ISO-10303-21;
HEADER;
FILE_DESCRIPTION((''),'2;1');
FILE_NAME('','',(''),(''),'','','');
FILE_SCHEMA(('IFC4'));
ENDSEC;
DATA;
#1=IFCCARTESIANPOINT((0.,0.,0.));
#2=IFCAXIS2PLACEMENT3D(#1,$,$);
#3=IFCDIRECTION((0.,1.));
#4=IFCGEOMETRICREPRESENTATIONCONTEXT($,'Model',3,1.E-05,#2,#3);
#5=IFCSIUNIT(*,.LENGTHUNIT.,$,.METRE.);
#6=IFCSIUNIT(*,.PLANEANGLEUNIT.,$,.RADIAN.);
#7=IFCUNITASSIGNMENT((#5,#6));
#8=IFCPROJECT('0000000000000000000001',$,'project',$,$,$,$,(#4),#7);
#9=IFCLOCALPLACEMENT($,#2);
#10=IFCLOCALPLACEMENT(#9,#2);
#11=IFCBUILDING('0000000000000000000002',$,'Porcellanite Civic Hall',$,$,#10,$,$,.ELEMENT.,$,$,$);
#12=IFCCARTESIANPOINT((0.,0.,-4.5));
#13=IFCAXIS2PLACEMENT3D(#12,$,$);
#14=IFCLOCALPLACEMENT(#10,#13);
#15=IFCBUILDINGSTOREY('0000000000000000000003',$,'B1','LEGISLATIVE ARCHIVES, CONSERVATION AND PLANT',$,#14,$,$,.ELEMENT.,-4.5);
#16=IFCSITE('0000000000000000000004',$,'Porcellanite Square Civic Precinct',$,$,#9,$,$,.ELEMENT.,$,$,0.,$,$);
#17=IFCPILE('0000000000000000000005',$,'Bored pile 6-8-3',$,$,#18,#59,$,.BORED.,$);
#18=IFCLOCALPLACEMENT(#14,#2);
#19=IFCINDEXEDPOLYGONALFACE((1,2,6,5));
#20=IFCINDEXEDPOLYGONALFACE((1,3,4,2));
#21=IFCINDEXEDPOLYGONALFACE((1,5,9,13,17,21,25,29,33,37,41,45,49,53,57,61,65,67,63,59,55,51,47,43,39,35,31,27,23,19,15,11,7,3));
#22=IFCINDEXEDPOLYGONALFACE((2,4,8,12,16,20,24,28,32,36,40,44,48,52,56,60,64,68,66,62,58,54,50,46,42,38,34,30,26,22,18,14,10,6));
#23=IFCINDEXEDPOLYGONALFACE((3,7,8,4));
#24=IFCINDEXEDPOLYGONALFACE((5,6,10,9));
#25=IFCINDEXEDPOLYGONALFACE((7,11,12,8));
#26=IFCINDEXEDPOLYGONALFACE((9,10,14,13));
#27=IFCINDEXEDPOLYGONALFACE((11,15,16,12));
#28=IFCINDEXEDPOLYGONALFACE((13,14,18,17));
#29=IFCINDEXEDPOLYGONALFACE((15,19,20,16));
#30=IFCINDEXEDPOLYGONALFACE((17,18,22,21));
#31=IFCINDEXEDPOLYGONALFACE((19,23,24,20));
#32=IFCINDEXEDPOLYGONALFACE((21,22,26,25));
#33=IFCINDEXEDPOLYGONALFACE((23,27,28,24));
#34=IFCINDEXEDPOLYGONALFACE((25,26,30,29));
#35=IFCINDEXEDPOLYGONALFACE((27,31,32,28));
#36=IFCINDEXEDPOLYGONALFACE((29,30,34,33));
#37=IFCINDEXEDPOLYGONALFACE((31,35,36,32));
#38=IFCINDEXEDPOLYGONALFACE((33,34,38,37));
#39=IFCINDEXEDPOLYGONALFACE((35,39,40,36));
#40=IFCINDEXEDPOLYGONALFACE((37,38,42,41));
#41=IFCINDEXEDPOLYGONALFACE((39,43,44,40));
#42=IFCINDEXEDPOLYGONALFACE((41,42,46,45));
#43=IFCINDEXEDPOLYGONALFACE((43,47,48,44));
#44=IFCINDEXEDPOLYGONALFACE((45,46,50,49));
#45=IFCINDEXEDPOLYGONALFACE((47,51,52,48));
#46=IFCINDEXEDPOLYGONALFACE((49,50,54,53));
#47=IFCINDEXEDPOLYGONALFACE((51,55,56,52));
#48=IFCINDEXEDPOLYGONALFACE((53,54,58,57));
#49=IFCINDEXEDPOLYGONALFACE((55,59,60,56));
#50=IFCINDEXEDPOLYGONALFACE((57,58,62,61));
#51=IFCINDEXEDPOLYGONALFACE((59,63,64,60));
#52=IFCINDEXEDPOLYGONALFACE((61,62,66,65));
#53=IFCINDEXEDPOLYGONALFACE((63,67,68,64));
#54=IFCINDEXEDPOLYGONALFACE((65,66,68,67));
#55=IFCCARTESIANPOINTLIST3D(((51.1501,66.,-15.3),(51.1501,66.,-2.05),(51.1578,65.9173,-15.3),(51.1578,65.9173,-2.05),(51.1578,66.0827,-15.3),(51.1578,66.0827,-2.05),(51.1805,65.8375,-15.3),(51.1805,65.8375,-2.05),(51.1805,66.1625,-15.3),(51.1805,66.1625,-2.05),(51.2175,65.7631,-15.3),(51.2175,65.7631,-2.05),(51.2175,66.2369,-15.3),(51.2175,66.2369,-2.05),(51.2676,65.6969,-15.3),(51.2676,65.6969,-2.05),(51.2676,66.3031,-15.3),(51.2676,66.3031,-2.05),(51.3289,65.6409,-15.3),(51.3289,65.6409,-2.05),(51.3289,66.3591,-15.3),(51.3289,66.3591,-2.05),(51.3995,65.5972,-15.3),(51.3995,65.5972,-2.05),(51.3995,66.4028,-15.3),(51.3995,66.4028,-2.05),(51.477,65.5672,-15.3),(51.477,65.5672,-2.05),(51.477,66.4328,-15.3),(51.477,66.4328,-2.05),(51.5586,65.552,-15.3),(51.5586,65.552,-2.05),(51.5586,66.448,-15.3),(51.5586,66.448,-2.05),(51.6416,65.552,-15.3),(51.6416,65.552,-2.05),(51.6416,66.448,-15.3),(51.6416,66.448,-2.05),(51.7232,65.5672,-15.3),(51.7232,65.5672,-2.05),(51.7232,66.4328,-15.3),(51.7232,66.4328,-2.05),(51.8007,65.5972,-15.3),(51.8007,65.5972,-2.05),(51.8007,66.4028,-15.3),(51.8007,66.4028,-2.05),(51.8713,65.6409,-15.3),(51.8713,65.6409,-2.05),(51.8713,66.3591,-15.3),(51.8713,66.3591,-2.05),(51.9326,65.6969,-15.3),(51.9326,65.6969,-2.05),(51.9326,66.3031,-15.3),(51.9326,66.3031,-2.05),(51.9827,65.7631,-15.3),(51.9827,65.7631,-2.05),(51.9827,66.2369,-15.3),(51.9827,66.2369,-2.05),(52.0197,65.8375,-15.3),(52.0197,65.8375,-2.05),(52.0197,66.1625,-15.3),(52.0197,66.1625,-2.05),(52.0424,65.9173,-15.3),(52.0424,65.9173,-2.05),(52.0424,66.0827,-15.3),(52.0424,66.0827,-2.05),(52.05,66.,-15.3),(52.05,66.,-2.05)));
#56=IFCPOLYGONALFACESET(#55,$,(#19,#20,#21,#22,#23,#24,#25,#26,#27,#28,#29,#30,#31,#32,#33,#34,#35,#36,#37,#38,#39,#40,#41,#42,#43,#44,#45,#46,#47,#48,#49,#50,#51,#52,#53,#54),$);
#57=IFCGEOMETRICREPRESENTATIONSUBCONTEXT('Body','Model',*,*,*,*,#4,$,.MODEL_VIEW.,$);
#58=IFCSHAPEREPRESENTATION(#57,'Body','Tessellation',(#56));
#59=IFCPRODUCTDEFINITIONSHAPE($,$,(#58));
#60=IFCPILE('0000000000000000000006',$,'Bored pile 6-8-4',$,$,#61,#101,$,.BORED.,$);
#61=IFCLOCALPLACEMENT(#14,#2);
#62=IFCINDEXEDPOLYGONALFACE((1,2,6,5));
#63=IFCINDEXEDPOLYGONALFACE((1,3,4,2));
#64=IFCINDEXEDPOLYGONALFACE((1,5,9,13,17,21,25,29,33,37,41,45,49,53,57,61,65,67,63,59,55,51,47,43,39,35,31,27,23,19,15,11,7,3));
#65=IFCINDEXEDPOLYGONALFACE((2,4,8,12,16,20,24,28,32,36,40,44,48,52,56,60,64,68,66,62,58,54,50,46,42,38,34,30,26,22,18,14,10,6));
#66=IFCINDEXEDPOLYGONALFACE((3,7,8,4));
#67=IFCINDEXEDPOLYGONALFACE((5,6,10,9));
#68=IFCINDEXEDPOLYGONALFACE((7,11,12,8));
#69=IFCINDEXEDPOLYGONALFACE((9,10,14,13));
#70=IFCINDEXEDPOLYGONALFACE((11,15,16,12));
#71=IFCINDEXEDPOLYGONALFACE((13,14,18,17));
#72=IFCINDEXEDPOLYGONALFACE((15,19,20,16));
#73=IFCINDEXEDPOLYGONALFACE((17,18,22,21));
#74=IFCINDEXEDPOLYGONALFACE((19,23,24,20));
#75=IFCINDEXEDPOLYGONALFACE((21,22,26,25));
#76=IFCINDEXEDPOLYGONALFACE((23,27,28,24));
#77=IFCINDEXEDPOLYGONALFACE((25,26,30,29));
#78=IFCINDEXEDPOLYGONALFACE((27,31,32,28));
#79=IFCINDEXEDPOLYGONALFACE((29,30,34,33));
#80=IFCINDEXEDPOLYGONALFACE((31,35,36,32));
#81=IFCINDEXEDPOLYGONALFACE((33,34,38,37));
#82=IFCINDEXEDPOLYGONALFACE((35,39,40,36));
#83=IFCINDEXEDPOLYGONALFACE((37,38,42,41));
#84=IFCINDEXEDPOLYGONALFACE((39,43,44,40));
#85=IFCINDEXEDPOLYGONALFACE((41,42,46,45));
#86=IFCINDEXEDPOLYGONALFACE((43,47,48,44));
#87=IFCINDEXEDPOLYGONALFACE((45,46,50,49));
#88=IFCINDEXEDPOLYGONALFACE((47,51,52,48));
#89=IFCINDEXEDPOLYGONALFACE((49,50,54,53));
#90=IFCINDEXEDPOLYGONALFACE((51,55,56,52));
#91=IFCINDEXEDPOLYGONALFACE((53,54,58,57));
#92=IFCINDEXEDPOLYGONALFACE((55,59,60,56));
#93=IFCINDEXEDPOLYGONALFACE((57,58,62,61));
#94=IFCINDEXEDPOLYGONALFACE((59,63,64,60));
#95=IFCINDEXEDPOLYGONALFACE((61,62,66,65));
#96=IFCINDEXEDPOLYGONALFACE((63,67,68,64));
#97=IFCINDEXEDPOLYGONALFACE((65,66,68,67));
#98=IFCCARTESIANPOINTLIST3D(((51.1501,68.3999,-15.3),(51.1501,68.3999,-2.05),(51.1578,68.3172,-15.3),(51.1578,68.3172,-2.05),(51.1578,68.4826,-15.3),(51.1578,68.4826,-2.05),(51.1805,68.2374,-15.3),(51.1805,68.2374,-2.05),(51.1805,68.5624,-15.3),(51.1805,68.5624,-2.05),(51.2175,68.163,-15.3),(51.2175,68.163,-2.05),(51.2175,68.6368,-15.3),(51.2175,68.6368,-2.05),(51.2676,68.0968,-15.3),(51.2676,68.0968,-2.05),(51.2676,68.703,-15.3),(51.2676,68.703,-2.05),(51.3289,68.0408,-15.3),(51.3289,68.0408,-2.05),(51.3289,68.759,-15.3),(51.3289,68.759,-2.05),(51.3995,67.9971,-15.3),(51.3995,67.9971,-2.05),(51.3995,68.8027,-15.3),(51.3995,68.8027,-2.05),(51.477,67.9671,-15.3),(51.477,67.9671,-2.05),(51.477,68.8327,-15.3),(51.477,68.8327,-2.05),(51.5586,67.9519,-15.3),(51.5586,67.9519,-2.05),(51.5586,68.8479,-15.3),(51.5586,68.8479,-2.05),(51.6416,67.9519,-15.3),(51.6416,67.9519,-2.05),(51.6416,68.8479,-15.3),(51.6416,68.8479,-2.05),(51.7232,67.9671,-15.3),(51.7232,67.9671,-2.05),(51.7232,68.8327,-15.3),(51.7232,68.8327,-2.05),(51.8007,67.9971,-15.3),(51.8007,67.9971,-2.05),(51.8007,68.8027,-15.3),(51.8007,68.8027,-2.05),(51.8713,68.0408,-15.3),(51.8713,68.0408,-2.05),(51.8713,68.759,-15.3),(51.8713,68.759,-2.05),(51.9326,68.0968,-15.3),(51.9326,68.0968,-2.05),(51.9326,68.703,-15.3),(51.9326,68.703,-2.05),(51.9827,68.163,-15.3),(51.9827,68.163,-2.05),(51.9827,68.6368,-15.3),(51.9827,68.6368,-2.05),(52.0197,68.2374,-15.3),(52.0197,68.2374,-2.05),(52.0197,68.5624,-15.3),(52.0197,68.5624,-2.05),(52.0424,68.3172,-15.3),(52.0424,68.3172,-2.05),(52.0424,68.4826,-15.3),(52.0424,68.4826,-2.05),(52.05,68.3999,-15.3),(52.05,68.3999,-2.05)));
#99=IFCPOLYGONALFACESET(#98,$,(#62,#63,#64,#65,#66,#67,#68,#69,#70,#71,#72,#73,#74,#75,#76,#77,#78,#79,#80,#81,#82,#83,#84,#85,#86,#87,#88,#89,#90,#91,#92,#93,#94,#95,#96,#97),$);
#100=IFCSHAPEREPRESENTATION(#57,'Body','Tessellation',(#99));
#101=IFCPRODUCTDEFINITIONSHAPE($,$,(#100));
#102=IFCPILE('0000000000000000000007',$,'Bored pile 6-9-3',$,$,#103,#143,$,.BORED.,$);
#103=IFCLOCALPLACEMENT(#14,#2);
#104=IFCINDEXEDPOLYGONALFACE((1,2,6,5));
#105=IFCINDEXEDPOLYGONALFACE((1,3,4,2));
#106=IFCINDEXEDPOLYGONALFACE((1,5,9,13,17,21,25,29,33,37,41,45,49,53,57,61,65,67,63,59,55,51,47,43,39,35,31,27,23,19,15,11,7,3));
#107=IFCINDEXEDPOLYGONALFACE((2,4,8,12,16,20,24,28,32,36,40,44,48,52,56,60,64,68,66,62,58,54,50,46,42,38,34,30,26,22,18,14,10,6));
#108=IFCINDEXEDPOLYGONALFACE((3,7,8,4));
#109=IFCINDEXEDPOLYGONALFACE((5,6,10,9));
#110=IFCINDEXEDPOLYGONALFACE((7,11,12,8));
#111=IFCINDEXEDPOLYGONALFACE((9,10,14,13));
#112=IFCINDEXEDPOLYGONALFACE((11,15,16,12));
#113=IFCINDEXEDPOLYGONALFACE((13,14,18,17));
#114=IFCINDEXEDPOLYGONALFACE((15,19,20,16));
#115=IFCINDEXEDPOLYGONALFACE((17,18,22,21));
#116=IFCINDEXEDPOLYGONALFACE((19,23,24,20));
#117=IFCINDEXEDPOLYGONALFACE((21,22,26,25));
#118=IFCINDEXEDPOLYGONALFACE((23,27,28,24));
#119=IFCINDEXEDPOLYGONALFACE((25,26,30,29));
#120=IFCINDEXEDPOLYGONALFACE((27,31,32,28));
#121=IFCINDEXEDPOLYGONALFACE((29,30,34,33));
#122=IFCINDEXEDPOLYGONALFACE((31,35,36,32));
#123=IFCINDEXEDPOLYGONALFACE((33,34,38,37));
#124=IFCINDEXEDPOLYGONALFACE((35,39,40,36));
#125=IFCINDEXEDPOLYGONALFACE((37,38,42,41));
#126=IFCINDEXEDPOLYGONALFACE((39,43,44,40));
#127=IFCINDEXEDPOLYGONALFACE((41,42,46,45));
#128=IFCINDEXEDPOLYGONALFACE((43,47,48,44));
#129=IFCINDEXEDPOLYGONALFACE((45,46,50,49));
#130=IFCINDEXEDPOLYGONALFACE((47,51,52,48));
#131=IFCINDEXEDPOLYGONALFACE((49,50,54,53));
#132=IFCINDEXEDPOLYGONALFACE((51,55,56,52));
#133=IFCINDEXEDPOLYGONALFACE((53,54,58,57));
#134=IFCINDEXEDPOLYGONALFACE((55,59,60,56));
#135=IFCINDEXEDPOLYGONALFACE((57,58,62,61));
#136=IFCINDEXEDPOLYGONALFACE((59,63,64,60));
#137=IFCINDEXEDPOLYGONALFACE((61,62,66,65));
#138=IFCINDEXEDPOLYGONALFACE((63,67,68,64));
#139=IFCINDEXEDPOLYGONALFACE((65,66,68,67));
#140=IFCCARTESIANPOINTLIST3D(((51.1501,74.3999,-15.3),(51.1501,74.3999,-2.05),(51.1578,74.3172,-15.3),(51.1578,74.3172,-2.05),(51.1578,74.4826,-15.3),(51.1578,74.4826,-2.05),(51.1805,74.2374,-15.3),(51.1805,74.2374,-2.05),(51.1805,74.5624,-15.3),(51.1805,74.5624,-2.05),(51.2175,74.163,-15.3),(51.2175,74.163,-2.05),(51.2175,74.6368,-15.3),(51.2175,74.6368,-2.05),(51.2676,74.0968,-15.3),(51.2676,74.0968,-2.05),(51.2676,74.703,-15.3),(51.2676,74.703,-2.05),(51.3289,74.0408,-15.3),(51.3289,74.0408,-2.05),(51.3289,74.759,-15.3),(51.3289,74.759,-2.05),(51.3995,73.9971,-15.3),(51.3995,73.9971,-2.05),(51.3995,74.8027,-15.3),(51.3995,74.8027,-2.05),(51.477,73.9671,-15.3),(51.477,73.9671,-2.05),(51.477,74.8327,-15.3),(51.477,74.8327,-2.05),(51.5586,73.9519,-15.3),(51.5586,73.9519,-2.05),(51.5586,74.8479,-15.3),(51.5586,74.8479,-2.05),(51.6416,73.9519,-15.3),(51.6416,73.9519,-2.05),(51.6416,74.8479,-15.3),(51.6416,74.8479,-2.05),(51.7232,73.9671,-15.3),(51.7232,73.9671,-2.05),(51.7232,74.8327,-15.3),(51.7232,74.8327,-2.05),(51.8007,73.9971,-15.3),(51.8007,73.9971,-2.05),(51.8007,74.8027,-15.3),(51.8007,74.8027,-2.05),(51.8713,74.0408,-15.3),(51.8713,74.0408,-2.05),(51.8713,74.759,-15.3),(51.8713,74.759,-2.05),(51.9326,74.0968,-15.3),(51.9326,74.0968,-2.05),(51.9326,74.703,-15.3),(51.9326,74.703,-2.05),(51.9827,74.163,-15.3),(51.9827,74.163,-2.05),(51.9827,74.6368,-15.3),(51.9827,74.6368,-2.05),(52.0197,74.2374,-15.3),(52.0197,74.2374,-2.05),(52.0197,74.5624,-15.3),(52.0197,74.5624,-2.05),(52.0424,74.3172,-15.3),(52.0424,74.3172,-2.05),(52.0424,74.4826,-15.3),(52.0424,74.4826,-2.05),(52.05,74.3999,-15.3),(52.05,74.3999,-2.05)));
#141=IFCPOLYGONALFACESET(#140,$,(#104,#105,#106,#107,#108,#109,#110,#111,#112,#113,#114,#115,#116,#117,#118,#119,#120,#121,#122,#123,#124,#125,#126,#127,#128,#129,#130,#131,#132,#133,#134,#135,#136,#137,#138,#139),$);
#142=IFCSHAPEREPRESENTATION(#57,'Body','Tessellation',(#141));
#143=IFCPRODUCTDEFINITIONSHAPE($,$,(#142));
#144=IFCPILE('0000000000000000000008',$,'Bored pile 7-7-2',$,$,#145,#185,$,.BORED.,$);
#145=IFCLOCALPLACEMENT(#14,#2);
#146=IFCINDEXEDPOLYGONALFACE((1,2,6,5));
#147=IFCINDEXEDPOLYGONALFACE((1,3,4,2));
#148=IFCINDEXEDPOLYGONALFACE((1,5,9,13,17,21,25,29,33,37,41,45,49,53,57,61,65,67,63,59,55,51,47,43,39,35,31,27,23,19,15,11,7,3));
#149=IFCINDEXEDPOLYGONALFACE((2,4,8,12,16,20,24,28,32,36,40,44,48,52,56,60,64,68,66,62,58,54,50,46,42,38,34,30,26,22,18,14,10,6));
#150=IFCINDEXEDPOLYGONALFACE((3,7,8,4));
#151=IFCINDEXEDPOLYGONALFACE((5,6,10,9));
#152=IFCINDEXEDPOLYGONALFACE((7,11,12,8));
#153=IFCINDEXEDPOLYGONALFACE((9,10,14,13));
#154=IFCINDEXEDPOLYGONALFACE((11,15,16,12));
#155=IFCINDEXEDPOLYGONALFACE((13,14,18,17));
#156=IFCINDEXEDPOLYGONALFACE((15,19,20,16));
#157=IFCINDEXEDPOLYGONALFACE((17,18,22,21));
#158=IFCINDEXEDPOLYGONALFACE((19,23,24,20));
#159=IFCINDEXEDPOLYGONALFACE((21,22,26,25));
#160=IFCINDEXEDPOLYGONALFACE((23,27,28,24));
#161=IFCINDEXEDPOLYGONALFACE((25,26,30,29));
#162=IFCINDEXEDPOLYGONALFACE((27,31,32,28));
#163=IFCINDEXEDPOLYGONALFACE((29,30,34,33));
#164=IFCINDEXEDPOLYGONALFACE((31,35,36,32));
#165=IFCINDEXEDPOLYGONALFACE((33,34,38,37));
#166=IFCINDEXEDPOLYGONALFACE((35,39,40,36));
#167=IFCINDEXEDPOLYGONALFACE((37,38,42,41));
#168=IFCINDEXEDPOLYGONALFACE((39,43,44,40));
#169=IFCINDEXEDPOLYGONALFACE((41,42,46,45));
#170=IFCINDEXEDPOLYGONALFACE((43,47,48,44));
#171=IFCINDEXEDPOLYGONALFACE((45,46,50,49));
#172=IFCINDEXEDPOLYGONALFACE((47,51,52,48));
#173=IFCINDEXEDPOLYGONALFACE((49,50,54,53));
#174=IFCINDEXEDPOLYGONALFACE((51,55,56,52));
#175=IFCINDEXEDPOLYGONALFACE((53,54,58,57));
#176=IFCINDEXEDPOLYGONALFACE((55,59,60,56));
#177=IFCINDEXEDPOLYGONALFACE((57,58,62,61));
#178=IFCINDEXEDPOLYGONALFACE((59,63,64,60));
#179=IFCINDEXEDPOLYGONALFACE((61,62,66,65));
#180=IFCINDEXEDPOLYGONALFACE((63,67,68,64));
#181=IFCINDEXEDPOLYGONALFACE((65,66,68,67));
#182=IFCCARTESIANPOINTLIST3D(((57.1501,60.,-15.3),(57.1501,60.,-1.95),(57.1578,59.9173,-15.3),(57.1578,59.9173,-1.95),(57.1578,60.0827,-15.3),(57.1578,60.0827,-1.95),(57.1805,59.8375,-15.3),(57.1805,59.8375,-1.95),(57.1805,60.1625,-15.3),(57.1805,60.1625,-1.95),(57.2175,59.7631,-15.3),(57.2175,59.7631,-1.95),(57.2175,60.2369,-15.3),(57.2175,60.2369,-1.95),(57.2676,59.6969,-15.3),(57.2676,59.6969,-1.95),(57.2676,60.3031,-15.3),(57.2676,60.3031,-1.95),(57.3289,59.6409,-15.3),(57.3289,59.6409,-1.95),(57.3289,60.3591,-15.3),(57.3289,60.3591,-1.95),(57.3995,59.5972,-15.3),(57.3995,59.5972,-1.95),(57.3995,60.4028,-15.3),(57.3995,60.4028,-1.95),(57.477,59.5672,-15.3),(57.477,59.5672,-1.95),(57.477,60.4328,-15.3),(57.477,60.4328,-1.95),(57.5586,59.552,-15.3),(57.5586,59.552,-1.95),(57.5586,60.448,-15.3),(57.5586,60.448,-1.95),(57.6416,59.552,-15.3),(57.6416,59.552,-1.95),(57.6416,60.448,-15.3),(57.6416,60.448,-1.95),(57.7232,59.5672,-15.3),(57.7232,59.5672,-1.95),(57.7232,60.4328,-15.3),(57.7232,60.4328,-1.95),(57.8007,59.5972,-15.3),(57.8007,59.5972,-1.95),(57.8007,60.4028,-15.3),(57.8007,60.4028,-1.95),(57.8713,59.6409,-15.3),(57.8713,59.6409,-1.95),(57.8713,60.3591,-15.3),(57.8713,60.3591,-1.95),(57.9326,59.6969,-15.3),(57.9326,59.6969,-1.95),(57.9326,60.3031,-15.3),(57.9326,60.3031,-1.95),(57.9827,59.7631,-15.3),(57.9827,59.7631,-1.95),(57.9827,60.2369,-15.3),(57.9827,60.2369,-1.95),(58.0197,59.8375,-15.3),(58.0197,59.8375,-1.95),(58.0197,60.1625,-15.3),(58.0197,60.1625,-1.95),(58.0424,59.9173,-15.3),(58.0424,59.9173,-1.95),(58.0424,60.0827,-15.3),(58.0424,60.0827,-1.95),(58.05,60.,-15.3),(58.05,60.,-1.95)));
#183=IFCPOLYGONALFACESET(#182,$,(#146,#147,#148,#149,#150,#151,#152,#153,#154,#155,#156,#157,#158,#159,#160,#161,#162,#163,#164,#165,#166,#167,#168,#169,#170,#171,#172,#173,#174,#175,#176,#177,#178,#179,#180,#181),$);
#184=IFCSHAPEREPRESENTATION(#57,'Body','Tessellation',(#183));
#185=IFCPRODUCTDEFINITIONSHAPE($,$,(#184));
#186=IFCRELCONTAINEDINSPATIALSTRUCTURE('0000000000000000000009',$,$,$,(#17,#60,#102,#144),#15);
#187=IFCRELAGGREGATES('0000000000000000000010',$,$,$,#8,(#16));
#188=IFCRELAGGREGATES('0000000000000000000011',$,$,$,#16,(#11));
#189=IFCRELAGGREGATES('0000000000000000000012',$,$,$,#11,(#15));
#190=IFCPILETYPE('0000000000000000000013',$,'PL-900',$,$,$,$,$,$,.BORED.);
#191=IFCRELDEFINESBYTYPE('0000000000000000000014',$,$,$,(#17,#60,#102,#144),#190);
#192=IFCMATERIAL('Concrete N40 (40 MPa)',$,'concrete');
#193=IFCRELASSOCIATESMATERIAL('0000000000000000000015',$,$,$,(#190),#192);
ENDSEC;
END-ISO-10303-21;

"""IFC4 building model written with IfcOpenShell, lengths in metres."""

from ifc_helpers import new_model, si_unit, direction, frame, origin, origin_2d, place, context, subcontext, project, spatial, circle, extrude, material, material_profile, profile_set, type_object, element, save


model = new_model("IFC4")

# Units and contexts
model_context = context("Model", 3, precision=1e-05, world=origin(), true_north=direction((0.0, 1.0)))
body_context = subcontext(model_context, "Body", "Model", "MODEL_VIEW")
ifc_project = project(units=[si_unit("LENGTHUNIT", "METRE"), si_unit("PLANEANGLEUNIT", "RADIAN")], contexts=[model_context])

# Site, building, storey
site_placement = place(None, origin())
site = spatial("IfcSite", under=ifc_project, at=site_placement, Name="Porcellanite Square Civic Precinct", CompositionType="ELEMENT", RefElevation=0.0)
building_placement = place(site_placement, origin())
building = spatial("IfcBuilding", under=site, at=building_placement, Name="Porcellanite Civic Hall", CompositionType="ELEMENT")
storey_placement = place(building_placement, frame((0.0, 0.0, -4.5)))
storey = spatial("IfcBuildingStorey", under=building, at=storey_placement, Name="B1", Description="LEGISLATIVE ARCHIVES, CONSERVATION AND PLANT", CompositionType="ELEMENT", Elevation=-4.5)

# Piles
ifc_material_1 = material(Name="Concrete N40 (40 MPa)", Category="concrete")
ifc_material_profile_1 = material_profile(ifc_material_1, circle(Radius=0.45, at=origin_2d()), Name="PILE-D900")
ifc_profile_set_1 = profile_set([ifc_material_profile_1], Name="Concrete N40 (40 MPa)")
pile_type = type_object("IfcPileType", Name="PL-900", PredefinedType="BORED", material=ifc_profile_set_1)
for number, where, z_axis, x_axis, name in (
    (1, (51.6001, 66.0, -2.05), (0.0, 0.0, -1.0), (1.0, 0.0, 0.0), "Bored pile 6-8-3"),
    (2, (51.6001, 68.3999, -2.05), (0.0, 0.0, -1.0), (1.0, 0.0, 0.0), "Bored pile 6-8-4"),
    (3, (51.6001, 74.3999, -2.05), (0.0, 0.0, -1.0), (1.0, 0.0, 0.0), "Bored pile 6-9-3"),
):
    element("IfcPile", number, at=place(storey_placement, frame(where, z_axis=z_axis, x_axis=x_axis)), inside=storey, type_object=pile_type, Name=name, PredefinedType="BORED", context=body_context, shape_type="SweptSolid", body=[
        extrude(circle(Radius=0.45, at=origin_2d()), origin(), (0.0, 0.0, 1.0), 13.25),
    ])
for number, where, z_axis, x_axis, name in (
    (4, (57.6001, 60.0, -1.95), (0.0, 0.0, -1.0), (1.0, 0.0, 0.0), "Bored pile 7-7-2"),
):
    element("IfcPile", number, at=place(storey_placement, frame(where, z_axis=z_axis, x_axis=x_axis)), inside=storey, type_object=pile_type, Name=name, PredefinedType="BORED", context=body_context, shape_type="SweptSolid", body=[
        extrude(circle(Radius=0.45, at=origin_2d()), origin(), (0.0, 0.0, 1.0), 13.3501),
    ])

save(model, "model.ifc")
